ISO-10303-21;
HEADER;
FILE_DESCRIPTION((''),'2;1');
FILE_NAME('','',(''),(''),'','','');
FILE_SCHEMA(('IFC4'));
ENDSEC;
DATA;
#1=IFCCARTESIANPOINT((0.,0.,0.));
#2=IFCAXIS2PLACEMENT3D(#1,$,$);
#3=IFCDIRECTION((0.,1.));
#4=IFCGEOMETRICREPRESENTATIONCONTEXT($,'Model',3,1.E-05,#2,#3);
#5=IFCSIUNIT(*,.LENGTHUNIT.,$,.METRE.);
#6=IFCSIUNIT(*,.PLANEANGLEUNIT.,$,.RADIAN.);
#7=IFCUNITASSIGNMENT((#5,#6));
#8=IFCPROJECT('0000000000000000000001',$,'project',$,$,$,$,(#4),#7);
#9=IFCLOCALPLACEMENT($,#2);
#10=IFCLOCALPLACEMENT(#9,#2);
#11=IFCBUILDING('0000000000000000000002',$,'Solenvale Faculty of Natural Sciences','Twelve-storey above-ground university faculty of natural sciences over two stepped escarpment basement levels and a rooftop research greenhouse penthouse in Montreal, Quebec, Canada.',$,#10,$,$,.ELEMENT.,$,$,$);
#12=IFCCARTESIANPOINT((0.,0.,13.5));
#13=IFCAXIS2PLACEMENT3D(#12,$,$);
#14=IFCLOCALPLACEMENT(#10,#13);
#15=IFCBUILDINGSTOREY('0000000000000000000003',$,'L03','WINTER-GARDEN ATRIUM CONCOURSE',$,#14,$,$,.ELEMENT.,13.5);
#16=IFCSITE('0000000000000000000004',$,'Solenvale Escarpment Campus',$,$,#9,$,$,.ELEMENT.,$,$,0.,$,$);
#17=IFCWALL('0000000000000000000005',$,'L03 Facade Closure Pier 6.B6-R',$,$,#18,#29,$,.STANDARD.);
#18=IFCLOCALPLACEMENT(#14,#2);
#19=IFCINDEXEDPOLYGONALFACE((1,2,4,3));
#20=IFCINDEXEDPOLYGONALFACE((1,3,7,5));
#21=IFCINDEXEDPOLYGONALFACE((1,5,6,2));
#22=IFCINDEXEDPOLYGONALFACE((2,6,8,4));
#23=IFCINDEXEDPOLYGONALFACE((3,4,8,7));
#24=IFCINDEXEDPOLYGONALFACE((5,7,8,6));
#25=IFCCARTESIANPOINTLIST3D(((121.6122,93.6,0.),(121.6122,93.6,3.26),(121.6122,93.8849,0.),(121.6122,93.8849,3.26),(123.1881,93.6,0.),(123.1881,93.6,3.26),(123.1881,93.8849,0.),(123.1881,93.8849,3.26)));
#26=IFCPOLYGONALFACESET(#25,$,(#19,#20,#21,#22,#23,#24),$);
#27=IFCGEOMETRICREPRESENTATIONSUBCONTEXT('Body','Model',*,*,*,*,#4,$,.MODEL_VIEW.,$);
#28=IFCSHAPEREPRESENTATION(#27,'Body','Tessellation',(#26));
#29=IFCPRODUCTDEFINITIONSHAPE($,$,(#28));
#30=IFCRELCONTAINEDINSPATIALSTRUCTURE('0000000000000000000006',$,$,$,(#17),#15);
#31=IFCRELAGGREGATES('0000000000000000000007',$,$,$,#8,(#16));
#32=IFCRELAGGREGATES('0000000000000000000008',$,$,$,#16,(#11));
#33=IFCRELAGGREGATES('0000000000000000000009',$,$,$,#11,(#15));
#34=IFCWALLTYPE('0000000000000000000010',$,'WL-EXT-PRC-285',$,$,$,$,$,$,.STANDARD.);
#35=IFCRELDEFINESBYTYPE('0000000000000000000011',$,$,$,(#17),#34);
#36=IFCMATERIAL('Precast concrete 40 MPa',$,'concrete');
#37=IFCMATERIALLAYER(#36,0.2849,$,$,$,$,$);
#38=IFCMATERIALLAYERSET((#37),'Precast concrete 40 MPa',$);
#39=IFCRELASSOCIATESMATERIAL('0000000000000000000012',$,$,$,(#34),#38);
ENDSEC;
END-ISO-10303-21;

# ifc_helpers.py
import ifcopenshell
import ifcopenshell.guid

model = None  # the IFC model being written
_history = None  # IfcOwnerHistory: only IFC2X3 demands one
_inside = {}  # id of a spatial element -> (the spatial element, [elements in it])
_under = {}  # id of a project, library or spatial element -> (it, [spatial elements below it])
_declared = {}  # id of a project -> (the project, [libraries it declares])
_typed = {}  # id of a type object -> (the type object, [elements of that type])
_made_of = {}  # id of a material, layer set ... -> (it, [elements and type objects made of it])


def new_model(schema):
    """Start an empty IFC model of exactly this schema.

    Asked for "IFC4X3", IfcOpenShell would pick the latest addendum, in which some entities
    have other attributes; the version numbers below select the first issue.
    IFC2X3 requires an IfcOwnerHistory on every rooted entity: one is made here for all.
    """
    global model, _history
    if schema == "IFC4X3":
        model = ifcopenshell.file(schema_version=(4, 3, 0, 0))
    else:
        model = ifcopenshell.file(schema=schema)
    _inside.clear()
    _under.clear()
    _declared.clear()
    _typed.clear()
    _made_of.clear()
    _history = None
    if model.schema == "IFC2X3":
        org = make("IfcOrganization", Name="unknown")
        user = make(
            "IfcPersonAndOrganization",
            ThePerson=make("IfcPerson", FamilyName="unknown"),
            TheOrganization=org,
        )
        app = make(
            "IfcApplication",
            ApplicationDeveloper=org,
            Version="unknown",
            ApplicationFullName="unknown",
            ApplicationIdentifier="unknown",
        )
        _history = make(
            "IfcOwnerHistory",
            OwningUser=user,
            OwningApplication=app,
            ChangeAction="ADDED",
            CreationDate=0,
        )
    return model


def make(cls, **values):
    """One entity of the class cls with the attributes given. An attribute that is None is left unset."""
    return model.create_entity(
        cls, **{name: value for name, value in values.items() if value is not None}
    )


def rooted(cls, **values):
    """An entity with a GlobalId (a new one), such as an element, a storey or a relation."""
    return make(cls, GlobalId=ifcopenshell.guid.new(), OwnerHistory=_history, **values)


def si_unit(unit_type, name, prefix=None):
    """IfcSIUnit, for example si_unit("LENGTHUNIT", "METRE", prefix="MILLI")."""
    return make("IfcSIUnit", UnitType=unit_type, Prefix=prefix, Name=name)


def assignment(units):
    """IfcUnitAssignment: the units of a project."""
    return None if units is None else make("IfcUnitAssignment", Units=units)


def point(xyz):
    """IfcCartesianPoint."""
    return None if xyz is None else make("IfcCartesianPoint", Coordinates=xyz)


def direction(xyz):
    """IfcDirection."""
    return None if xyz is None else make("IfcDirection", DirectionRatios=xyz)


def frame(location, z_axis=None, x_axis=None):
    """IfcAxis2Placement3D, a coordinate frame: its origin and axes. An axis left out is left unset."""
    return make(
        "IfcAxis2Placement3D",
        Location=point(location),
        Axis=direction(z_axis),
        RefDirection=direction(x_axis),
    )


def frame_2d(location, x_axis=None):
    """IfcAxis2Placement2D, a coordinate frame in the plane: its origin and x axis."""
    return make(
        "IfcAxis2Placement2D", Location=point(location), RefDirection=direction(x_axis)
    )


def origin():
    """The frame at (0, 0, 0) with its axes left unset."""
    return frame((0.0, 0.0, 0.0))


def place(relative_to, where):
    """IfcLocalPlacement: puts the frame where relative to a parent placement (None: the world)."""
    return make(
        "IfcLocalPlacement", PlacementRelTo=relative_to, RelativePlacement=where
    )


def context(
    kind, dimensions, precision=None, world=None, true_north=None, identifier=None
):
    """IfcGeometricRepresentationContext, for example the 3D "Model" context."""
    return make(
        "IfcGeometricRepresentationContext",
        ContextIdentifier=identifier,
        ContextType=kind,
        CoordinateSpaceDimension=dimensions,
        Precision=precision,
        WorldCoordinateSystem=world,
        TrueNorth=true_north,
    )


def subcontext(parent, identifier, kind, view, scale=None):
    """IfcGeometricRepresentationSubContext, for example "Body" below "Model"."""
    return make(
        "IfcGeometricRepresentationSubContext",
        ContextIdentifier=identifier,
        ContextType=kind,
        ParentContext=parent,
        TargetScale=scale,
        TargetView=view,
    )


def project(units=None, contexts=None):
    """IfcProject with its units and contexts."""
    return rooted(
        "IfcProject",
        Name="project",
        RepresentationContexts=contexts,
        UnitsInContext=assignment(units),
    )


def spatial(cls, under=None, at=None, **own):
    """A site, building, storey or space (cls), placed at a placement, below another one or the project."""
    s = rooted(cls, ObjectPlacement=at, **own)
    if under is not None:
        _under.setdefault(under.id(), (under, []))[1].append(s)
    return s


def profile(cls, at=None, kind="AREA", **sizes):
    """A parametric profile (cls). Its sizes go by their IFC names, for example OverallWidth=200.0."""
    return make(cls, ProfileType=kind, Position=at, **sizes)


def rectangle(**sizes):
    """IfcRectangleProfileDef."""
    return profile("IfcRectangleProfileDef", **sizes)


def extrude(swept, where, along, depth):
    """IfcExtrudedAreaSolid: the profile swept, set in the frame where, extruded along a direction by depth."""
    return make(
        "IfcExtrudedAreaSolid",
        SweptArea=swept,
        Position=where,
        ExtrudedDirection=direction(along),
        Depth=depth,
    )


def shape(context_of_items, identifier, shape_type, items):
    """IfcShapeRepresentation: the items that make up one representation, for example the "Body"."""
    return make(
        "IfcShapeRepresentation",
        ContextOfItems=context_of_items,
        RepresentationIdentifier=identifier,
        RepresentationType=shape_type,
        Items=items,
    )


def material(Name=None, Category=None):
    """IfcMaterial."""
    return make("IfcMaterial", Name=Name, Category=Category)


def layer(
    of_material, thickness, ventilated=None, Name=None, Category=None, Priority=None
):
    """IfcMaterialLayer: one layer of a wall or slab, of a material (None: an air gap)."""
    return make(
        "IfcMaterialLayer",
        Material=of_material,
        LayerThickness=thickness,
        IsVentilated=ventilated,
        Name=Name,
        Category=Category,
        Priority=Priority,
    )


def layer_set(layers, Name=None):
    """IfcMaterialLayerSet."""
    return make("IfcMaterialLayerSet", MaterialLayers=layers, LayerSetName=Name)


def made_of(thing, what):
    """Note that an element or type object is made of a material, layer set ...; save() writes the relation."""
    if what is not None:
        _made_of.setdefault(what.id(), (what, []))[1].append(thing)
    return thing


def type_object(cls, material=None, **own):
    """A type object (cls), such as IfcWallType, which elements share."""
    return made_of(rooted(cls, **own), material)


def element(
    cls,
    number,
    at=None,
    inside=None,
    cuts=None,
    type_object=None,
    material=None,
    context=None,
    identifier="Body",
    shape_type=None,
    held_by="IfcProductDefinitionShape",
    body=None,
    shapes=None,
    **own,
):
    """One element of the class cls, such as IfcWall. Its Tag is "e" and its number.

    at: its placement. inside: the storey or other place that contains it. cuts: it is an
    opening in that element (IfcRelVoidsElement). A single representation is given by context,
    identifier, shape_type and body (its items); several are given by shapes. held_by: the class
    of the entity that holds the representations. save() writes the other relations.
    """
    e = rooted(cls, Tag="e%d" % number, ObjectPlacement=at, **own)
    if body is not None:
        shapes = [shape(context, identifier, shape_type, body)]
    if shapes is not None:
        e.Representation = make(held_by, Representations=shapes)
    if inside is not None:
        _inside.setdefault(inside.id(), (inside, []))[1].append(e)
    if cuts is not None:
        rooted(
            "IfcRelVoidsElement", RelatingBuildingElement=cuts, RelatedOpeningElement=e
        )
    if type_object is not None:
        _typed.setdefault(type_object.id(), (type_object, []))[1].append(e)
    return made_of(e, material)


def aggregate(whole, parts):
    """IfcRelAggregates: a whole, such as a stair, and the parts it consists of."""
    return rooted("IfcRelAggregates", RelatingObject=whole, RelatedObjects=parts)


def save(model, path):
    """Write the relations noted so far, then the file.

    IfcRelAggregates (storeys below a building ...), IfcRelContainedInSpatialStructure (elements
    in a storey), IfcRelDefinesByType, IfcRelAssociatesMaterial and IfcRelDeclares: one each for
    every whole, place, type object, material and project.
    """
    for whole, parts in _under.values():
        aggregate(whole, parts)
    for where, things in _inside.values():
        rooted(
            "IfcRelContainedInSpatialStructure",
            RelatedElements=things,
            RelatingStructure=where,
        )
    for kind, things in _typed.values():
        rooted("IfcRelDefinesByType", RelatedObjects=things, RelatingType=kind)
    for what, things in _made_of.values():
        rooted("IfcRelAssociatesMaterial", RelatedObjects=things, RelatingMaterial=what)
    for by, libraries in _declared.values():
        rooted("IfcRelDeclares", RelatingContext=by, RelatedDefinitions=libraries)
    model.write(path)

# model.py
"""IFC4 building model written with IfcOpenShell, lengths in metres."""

from ifc_helpers import new_model, si_unit, direction, frame, frame_2d, origin, place, context, subcontext, project, spatial, rectangle, extrude, material, layer, layer_set, type_object, element, save


model = new_model("IFC4")

# Units and contexts
model_context = context("Model", 3, precision=1e-05, world=origin(), true_north=direction((0.0, 1.0)))
body_context = subcontext(model_context, "Body", "Model", "MODEL_VIEW")
ifc_project = project(units=[si_unit("LENGTHUNIT", "METRE"), si_unit("PLANEANGLEUNIT", "RADIAN")], contexts=[model_context])

# Site, building, storey
site_placement = place(None, origin())
site = spatial("IfcSite", under=ifc_project, at=site_placement, Name="Solenvale Escarpment Campus", CompositionType="ELEMENT", RefElevation=0.0)
building_placement = place(site_placement, origin())
building = spatial("IfcBuilding", under=site, at=building_placement, Name="Solenvale Faculty of Natural Sciences", Description="Twelve-storey above-ground university faculty of natural sciences over two stepped escarpment basement levels and a rooftop research greenhouse penthouse in Montreal, Quebec, Canada.", CompositionType="ELEMENT")
storey_placement = place(building_placement, frame((0.0, 0.0, 13.5)))
storey = spatial("IfcBuildingStorey", under=building, at=storey_placement, Name="L03", Description="WINTER-GARDEN ATRIUM CONCOURSE", CompositionType="ELEMENT", Elevation=13.5)

# Wall
ifc_material_1 = material(Name="Precast concrete 40 MPa", Category="concrete")
ifc_layer_1 = layer(ifc_material_1, 0.2849)
ifc_layer_set_1 = layer_set([ifc_layer_1], Name="Precast concrete 40 MPa")
wall_type = type_object("IfcWallType", Name="WL-EXT-PRC-285", PredefinedType="STANDARD", material=ifc_layer_set_1)
wall_placement = place(storey_placement, frame((121.6121, 93.7424, 0.0), z_axis=(0.0, 0.0, 1.0), x_axis=(1.0, 0.0, 0.0)))
element("IfcWall", 1, at=wall_placement, inside=storey, type_object=wall_type, Name="L03 Facade Closure Pier 6.B6-R", PredefinedType="STANDARD", context=body_context, shape_type="SweptSolid", body=[
    extrude(rectangle(XDim=1.5759, YDim=0.2849, at=frame_2d((0.7881, 0.0))), origin(), (0.0, 0.0, 1.0), 3.26),
])

save(model, "model.ifc")
